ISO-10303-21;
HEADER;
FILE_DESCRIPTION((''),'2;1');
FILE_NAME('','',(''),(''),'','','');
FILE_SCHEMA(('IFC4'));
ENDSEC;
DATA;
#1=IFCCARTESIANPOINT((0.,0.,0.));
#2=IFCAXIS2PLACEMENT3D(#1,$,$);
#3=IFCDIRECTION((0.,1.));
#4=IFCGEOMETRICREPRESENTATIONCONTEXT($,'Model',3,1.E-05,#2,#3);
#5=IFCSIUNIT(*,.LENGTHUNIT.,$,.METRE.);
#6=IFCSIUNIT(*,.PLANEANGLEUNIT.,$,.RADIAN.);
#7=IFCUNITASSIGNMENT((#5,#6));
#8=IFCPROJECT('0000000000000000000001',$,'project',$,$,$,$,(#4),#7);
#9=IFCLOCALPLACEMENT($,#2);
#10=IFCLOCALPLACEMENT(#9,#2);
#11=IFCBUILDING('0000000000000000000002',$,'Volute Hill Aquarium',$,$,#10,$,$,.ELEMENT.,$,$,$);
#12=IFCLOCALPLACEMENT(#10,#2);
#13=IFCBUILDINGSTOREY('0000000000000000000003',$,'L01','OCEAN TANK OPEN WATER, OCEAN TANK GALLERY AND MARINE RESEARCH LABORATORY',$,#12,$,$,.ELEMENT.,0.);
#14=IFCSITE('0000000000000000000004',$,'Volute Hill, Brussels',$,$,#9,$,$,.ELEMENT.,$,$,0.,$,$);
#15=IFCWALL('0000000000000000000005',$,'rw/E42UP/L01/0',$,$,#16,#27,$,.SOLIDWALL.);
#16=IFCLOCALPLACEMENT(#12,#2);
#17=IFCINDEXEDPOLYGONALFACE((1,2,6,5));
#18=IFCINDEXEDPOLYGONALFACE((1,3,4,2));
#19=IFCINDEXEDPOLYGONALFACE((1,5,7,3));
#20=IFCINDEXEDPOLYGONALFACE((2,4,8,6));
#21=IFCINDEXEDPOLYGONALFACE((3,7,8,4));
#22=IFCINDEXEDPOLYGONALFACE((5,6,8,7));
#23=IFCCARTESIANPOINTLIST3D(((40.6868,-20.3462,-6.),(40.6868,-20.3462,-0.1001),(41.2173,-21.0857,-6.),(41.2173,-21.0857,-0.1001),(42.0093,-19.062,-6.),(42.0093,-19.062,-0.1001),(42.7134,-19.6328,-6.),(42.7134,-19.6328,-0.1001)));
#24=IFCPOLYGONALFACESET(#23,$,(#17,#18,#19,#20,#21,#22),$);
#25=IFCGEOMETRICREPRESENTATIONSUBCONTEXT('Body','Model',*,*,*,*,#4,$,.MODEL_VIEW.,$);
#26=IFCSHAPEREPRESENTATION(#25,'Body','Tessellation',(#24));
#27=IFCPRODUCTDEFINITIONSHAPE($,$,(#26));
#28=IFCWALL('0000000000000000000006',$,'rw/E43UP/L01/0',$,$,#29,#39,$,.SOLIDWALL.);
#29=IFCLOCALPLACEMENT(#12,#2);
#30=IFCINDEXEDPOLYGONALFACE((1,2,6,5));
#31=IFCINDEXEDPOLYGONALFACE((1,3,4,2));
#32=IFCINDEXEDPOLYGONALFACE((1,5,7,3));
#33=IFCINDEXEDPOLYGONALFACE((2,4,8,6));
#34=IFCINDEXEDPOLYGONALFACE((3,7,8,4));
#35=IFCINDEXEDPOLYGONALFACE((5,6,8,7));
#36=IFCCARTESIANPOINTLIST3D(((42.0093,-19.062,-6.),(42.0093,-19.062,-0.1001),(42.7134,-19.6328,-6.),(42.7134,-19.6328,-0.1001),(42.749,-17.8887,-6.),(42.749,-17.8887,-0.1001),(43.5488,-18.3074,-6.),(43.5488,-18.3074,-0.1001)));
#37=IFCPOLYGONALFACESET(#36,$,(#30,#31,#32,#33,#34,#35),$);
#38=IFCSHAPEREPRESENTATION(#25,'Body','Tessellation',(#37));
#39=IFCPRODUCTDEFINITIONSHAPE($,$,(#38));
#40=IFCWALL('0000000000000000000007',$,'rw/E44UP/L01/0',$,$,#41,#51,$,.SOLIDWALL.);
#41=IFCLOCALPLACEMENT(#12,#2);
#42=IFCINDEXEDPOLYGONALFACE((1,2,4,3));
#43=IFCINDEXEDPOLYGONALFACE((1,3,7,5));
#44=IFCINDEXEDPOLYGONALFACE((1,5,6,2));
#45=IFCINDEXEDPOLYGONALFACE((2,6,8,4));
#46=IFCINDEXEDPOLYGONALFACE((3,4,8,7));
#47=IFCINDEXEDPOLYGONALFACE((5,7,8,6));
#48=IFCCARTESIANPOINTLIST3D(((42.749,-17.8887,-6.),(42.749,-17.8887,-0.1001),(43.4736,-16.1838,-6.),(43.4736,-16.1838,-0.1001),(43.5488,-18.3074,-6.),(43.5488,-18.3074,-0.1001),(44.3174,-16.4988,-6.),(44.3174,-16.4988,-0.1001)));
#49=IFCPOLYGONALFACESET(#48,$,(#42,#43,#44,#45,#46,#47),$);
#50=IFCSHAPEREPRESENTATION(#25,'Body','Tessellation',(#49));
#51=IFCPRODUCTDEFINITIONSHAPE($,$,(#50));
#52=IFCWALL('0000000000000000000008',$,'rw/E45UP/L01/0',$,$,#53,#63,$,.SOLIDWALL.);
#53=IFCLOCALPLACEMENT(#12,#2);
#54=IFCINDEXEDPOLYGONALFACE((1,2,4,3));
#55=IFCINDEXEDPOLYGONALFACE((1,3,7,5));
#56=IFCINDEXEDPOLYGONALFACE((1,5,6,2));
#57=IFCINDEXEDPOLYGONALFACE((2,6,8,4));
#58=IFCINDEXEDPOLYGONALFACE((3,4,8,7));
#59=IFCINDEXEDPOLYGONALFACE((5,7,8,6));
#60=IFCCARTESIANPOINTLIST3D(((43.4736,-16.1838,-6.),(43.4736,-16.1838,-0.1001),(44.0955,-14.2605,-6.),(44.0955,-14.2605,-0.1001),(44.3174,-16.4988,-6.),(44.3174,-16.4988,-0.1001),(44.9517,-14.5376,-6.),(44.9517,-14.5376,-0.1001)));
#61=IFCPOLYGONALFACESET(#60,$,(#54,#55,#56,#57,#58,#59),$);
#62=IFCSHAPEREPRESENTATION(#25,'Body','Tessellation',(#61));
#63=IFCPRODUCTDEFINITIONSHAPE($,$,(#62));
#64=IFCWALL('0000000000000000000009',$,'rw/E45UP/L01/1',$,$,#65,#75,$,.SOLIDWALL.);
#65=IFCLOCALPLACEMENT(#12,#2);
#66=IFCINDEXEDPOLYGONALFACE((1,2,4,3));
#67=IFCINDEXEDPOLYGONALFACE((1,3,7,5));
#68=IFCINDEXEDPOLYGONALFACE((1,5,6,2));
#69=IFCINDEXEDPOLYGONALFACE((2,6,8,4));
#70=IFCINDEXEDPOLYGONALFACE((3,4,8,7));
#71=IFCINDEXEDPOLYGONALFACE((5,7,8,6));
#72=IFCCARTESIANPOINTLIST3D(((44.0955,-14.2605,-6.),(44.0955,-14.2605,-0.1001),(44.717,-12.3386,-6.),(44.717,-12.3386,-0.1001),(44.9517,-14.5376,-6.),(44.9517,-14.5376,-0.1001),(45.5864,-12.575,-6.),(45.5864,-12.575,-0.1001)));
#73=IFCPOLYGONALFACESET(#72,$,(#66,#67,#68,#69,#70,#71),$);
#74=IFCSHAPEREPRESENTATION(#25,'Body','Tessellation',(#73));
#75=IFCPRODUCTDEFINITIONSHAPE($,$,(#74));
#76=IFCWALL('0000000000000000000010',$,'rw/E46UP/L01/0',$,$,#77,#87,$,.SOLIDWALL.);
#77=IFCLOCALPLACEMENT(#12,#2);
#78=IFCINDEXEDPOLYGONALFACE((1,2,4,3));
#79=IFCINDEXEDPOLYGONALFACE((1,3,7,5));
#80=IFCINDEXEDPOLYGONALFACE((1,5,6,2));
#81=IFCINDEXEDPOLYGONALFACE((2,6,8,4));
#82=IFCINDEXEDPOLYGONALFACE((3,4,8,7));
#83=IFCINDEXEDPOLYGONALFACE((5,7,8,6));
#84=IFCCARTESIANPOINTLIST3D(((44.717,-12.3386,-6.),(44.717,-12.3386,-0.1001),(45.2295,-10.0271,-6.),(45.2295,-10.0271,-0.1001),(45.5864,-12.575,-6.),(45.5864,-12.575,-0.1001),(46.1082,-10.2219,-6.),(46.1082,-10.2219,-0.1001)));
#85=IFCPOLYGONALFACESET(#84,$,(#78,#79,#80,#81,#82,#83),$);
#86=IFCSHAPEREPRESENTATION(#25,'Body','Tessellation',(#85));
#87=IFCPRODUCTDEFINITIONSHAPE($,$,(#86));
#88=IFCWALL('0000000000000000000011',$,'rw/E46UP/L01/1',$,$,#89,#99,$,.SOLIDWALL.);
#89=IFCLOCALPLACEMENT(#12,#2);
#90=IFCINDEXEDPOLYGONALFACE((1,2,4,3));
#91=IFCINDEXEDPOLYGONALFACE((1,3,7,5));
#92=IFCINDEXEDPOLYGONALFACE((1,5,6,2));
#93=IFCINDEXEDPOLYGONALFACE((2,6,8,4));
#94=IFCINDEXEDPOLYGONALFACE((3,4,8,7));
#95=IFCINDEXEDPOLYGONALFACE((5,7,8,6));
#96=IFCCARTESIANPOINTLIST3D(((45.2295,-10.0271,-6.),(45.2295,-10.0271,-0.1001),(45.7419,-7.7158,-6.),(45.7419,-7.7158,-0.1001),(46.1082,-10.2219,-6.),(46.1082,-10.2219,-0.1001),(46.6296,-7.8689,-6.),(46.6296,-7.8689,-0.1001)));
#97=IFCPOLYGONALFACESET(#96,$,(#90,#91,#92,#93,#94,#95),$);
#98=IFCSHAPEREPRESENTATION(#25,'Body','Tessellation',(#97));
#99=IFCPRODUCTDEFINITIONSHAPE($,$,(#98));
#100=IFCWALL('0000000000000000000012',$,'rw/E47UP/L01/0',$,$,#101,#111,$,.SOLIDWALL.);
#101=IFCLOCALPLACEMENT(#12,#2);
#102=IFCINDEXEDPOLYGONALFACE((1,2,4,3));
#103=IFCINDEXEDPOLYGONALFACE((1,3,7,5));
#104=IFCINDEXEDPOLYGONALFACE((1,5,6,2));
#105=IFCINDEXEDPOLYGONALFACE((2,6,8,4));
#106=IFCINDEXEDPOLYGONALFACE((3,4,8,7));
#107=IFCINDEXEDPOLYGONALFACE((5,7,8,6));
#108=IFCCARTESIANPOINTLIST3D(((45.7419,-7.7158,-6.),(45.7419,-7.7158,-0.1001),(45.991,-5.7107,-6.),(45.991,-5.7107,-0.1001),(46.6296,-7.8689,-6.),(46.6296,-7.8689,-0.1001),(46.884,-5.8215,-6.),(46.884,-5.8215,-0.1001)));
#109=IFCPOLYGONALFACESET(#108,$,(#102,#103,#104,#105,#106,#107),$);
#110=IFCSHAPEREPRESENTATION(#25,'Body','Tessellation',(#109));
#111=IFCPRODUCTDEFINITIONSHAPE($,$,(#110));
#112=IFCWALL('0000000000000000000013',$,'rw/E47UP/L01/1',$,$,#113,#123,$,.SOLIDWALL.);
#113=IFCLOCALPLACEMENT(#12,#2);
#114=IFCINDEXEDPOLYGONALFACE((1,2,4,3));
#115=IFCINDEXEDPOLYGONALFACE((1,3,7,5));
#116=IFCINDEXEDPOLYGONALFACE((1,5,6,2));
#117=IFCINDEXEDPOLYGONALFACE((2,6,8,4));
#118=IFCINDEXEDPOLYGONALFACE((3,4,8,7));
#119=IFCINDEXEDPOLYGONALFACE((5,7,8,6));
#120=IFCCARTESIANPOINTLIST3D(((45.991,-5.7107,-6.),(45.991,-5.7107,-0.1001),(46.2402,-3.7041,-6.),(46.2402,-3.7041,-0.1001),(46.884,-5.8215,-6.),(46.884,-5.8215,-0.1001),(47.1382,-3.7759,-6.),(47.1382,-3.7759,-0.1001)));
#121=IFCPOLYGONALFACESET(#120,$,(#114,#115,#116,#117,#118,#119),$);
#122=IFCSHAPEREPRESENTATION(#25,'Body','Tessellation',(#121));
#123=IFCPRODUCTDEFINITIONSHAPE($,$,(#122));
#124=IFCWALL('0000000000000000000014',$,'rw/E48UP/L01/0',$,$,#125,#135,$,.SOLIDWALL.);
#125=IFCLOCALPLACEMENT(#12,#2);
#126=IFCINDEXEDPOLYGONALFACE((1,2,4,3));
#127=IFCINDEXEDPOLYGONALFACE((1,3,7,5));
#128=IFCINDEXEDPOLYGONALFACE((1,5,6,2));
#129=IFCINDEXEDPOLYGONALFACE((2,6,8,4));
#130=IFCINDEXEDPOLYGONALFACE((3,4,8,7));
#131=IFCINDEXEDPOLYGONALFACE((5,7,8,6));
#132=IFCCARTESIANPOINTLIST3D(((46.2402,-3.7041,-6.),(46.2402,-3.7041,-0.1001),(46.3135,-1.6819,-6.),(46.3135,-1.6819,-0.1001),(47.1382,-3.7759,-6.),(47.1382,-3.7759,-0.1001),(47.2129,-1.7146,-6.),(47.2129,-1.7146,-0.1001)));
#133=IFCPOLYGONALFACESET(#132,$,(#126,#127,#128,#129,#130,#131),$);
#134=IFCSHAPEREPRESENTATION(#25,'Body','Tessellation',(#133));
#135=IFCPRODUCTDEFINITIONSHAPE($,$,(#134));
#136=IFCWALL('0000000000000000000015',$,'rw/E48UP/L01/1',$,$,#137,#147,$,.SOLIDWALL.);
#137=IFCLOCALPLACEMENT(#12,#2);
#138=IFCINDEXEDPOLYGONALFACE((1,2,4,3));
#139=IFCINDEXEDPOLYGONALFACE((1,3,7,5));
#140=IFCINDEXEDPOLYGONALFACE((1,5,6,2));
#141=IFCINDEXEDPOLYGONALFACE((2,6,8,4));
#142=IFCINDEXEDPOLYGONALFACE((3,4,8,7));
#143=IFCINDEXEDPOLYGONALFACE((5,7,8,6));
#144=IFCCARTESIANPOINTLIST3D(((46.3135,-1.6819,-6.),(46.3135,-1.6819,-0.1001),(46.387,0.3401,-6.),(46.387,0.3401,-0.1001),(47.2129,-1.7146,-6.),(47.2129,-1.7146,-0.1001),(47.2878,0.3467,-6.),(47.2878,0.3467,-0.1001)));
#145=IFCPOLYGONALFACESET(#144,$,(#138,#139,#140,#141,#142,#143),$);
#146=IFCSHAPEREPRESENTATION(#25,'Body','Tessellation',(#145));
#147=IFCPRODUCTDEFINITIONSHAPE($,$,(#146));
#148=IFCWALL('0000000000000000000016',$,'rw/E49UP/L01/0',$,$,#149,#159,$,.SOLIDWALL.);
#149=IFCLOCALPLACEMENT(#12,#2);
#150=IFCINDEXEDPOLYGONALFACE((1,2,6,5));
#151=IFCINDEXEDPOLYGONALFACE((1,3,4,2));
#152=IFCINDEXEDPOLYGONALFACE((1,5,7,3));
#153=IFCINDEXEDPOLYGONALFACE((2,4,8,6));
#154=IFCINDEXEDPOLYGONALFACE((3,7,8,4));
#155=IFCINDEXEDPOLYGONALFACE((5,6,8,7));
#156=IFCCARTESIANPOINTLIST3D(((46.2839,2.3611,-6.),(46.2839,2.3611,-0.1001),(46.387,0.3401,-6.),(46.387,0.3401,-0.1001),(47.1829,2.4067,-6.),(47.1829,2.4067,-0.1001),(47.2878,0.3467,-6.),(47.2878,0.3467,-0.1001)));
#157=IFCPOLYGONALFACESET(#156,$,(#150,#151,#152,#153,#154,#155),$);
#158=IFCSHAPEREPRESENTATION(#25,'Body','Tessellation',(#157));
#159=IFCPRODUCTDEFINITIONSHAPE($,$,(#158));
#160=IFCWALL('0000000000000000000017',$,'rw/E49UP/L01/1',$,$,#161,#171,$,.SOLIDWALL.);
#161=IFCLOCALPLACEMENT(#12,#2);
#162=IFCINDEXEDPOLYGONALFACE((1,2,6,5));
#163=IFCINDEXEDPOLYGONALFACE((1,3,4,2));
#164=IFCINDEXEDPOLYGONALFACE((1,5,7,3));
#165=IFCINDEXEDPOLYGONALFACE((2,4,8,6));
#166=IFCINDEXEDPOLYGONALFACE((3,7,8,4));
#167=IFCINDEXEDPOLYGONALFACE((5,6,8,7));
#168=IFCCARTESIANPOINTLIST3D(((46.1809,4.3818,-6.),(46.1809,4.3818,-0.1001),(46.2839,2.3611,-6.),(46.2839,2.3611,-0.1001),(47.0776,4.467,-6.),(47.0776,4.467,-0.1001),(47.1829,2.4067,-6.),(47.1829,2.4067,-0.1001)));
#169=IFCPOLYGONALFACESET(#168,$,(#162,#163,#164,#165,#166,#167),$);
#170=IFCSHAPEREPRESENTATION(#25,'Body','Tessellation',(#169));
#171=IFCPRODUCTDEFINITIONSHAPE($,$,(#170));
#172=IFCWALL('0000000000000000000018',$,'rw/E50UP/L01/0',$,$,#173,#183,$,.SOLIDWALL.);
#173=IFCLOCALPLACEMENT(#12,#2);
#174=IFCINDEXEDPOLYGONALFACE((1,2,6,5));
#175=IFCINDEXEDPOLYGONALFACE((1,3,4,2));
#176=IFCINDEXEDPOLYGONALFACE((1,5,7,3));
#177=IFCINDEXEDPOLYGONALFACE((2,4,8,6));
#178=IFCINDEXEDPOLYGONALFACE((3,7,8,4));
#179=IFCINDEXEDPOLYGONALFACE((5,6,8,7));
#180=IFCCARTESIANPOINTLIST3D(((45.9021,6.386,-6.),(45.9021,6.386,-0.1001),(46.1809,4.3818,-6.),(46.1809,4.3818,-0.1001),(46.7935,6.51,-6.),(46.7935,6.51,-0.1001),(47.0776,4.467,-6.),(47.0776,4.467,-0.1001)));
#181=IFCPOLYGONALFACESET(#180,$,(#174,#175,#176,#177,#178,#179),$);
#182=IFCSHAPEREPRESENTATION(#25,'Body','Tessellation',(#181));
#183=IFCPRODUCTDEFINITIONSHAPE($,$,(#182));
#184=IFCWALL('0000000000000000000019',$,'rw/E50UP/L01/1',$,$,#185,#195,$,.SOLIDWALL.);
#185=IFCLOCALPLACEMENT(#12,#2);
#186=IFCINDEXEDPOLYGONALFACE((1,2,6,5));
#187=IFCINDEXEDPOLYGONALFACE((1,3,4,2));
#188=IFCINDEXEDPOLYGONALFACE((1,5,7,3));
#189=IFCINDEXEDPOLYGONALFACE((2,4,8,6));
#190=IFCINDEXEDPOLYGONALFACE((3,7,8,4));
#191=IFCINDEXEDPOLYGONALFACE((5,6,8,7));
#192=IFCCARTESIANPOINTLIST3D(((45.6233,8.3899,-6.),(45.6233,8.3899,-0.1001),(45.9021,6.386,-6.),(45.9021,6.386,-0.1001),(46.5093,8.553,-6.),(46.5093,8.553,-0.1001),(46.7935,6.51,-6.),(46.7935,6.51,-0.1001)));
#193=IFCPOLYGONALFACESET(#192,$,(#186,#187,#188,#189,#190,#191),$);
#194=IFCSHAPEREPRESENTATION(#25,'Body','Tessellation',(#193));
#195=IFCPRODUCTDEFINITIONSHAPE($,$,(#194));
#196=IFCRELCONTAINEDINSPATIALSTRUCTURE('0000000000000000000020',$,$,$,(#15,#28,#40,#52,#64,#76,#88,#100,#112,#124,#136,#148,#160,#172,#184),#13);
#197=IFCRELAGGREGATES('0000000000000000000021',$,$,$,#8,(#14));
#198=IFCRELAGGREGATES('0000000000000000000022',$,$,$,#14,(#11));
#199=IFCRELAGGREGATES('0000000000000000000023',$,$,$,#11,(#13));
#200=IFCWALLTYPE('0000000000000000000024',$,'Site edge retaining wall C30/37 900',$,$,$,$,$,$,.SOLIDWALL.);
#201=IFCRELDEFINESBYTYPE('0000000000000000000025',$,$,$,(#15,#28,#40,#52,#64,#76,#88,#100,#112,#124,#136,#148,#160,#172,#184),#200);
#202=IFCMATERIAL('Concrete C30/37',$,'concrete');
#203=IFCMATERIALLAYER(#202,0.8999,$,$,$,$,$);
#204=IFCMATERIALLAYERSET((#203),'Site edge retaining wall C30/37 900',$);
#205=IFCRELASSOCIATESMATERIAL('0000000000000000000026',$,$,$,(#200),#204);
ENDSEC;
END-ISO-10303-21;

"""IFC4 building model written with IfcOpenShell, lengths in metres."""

from ifc_helpers import new_model, si_unit, direction, frame, origin, place, context, subcontext, project, spatial, polyline, outline, extrude, material, layer, layer_set, type_object, element, save


model = new_model("IFC4")

# Units and contexts
model_context = context("Model", 3, precision=1e-05, world=origin(), true_north=direction((0.0, 1.0)))
body_context = subcontext(model_context, "Body", "Model", "MODEL_VIEW")
ifc_project = project(units=[si_unit("LENGTHUNIT", "METRE"), si_unit("PLANEANGLEUNIT", "RADIAN")], contexts=[model_context])

# Site, building, storey
site_placement = place(None, origin())
site = spatial("IfcSite", under=ifc_project, at=site_placement, Name="Volute Hill, Brussels", CompositionType="ELEMENT", RefElevation=0.0)
building_placement = place(site_placement, origin())
building = spatial("IfcBuilding", under=site, at=building_placement, Name="Volute Hill Aquarium", CompositionType="ELEMENT")
storey_placement = place(building_placement, origin())
storey = spatial("IfcBuildingStorey", under=building, at=storey_placement, Name="L01", Description="OCEAN TANK OPEN WATER, OCEAN TANK GALLERY AND MARINE RESEARCH LABORATORY", CompositionType="ELEMENT", Elevation=0.0)

# Walls
ifc_material = material(Name="Concrete C30/37", Category="concrete")
ifc_layer = layer(ifc_material, 0.8999)
ifc_layer_set = layer_set([ifc_layer], Name="Site edge retaining wall C30/37 900")
wall_type = type_object("IfcWallType", Name="Site edge retaining wall C30/37 900", PredefinedType="SOLIDWALL", material=ifc_layer_set)
wall_1_placement = place(storey_placement, frame((0.0, 0.0, -6.0)))
element("IfcWall", 1, at=wall_1_placement, inside=storey, type_object=wall_type, Name="rw/E42UP/L01/0", PredefinedType="SOLIDWALL", context=body_context, shape_type="SweptSolid", body=[
    extrude(outline(polyline([(41.2173, -21.0857), (42.7134, -19.6328), (42.0093, -19.062), (40.6868, -20.3462), (41.2173, -21.0857)])), origin(), (0.0, 0.0, 1.0), 5.8999),
])
wall_2_placement = place(storey_placement, frame((0.0, 0.0, -6.0)))
element("IfcWall", 2, at=wall_2_placement, inside=storey, type_object=wall_type, Name="rw/E43UP/L01/0", PredefinedType="SOLIDWALL", context=body_context, shape_type="SweptSolid", body=[
    extrude(outline(polyline([(42.7134, -19.6328), (43.5488, -18.3074), (42.749, -17.8887), (42.0093, -19.062), (42.0093, -19.062), (42.7134, -19.6328), (42.7134, -19.6328)])), origin(), (0.0, 0.0, 1.0), 5.8999),
])
wall_3_placement = place(storey_placement, frame((0.0, 0.0, -6.0)))
element("IfcWall", 3, at=wall_3_placement, inside=storey, type_object=wall_type, Name="rw/E44UP/L01/0", PredefinedType="SOLIDWALL", context=body_context, shape_type="SweptSolid", body=[
    extrude(outline(polyline([(43.5488, -18.3074), (44.3174, -16.4988), (43.4736, -16.1838), (43.4736, -16.1838), (42.749, -17.8887), (43.5488, -18.3074)])), origin(), (0.0, 0.0, 1.0), 5.8999),
])
wall_4_placement = place(storey_placement, frame((0.0, 0.0, -6.0)))
element("IfcWall", 4, at=wall_4_placement, inside=storey, type_object=wall_type, Name="rw/E45UP/L01/0", PredefinedType="SOLIDWALL", context=body_context, shape_type="SweptSolid", body=[
    extrude(outline(polyline([(44.3174, -16.4988), (44.9517, -14.5376), (44.0955, -14.2605), (43.4736, -16.1838), (44.3174, -16.4988), (44.3174, -16.4988)])), origin(), (0.0, 0.0, 1.0), 5.8999),
])
wall_5_placement = place(storey_placement, frame((0.0, 0.0, -6.0)))
element("IfcWall", 5, at=wall_5_placement, inside=storey, type_object=wall_type, Name="rw/E45UP/L01/1", PredefinedType="SOLIDWALL", context=body_context, shape_type="SweptSolid", body=[
    extrude(outline(polyline([(45.5864, -12.575), (45.5864, -12.575), (44.717, -12.3386), (44.717, -12.3386), (44.0955, -14.2605), (44.9517, -14.5376), (45.5864, -12.575)])), origin(), (0.0, 0.0, 1.0), 5.8999),
])
wall_6_placement = place(storey_placement, frame((0.0, 0.0, -6.0)))
element("IfcWall", 6, at=wall_6_placement, inside=storey, type_object=wall_type, Name="rw/E46UP/L01/0", PredefinedType="SOLIDWALL", context=body_context, shape_type="SweptSolid", body=[
    extrude(outline(polyline([(45.5864, -12.575), (46.1082, -10.2219), (45.2295, -10.0271), (44.717, -12.3386), (45.5864, -12.575)])), origin(), (0.0, 0.0, 1.0), 5.8999),
])
wall_7_placement = place(storey_placement, frame((0.0, 0.0, -6.0)))
element("IfcWall", 7, at=wall_7_placement, inside=storey, type_object=wall_type, Name="rw/E46UP/L01/1", PredefinedType="SOLIDWALL", context=body_context, shape_type="SweptSolid", body=[
    extrude(outline(polyline([(46.1082, -10.2219), (46.6296, -7.8689), (45.7419, -7.7158), (45.2295, -10.0271), (46.1082, -10.2219)])), origin(), (0.0, 0.0, 1.0), 5.8999),
])
wall_8_placement = place(storey_placement, frame((0.0, 0.0, -6.0)))
element("IfcWall", 8, at=wall_8_placement, inside=storey, type_object=wall_type, Name="rw/E47UP/L01/0", PredefinedType="SOLIDWALL", context=body_context, shape_type="SweptSolid", body=[
    extrude(outline(polyline([(46.6296, -7.8689), (46.884, -5.8215), (45.991, -5.7107), (45.7419, -7.7158), (45.7419, -7.7158), (46.6296, -7.8689), (46.6296, -7.8689)])), origin(), (0.0, 0.0, 1.0), 5.8999),
])
wall_9_placement = place(storey_placement, frame((0.0, 0.0, -6.0)))
element("IfcWall", 9, at=wall_9_placement, inside=storey, type_object=wall_type, Name="rw/E47UP/L01/1", PredefinedType="SOLIDWALL", context=body_context, shape_type="SweptSolid", body=[
    extrude(outline(polyline([(47.1382, -3.7759), (47.1382, -3.7759), (46.2402, -3.7041), (45.991, -5.7107), (46.884, -5.8215), (47.1382, -3.7759)])), origin(), (0.0, 0.0, 1.0), 5.8999),
])
wall_10_placement = place(storey_placement, frame((0.0, 0.0, -6.0)))
element("IfcWall", 10, at=wall_10_placement, inside=storey, type_object=wall_type, Name="rw/E48UP/L01/0", PredefinedType="SOLIDWALL", context=body_context, shape_type="SweptSolid", body=[
    extrude(outline(polyline([(47.1382, -3.7759), (47.2129, -1.7146), (46.3135, -1.6819), (46.2402, -3.7041), (46.2402, -3.7041), (47.1382, -3.7759)])), origin(), (0.0, 0.0, 1.0), 5.8999),
])
wall_11_placement = place(storey_placement, frame((0.0, 0.0, -6.0)))
element("IfcWall", 11, at=wall_11_placement, inside=storey, type_object=wall_type, Name="rw/E48UP/L01/1", PredefinedType="SOLIDWALL", context=body_context, shape_type="SweptSolid", body=[
    extrude(outline(polyline([(47.2878, 0.3467), (47.2878, 0.3467), (46.387, 0.3401), (46.387, 0.3401), (46.3135, -1.6819), (47.2129, -1.7146), (47.2878, 0.3467)])), origin(), (0.0, 0.0, 1.0), 5.8999),
])
wall_12_placement = place(storey_placement, frame((0.0, 0.0, -6.0)))
element("IfcWall", 12, at=wall_12_placement, inside=storey, type_object=wall_type, Name="rw/E49UP/L01/0", PredefinedType="SOLIDWALL", context=body_context, shape_type="SweptSolid", body=[
    extrude(outline(polyline([(47.2878, 0.3467), (47.1829, 2.4067), (46.2839, 2.3611), (46.387, 0.3401), (47.2878, 0.3467)])), origin(), (0.0, 0.0, 1.0), 5.8999),
])
wall_13_placement = place(storey_placement, frame((0.0, 0.0, -6.0)))
element("IfcWall", 13, at=wall_13_placement, inside=storey, type_object=wall_type, Name="rw/E49UP/L01/1", PredefinedType="SOLIDWALL", context=body_context, shape_type="SweptSolid", body=[
    extrude(outline(polyline([(47.1829, 2.4067), (47.0776, 4.467), (46.1809, 4.3818), (46.2839, 2.3611), (47.1829, 2.4067)])), origin(), (0.0, 0.0, 1.0), 5.8999),
])
wall_14_placement = place(storey_placement, frame((0.0, 0.0, -6.0)))
element("IfcWall", 14, at=wall_14_placement, inside=storey, type_object=wall_type, Name="rw/E50UP/L01/0", PredefinedType="SOLIDWALL", context=body_context, shape_type="SweptSolid", body=[
    extrude(outline(polyline([(47.0776, 4.467), (46.7935, 6.51), (45.9021, 6.386), (46.1809, 4.3818), (46.1809, 4.3818), (47.0776, 4.467), (47.0776, 4.467)])), origin(), (0.0, 0.0, 1.0), 5.8999),
])
wall_15_placement = place(storey_placement, frame((0.0, 0.0, -6.0)))
element("IfcWall", 15, at=wall_15_placement, inside=storey, type_object=wall_type, Name="rw/E50UP/L01/1", PredefinedType="SOLIDWALL", context=body_context, shape_type="SweptSolid", body=[
    extrude(outline(polyline([(46.5093, 8.553), (46.5093, 8.553), (45.6233, 8.3899), (45.6233, 8.3899), (45.9021, 6.386), (46.7935, 6.51), (46.5093, 8.553)])), origin(), (0.0, 0.0, 1.0), 5.8999),
])

save(model, "model.ifc")
